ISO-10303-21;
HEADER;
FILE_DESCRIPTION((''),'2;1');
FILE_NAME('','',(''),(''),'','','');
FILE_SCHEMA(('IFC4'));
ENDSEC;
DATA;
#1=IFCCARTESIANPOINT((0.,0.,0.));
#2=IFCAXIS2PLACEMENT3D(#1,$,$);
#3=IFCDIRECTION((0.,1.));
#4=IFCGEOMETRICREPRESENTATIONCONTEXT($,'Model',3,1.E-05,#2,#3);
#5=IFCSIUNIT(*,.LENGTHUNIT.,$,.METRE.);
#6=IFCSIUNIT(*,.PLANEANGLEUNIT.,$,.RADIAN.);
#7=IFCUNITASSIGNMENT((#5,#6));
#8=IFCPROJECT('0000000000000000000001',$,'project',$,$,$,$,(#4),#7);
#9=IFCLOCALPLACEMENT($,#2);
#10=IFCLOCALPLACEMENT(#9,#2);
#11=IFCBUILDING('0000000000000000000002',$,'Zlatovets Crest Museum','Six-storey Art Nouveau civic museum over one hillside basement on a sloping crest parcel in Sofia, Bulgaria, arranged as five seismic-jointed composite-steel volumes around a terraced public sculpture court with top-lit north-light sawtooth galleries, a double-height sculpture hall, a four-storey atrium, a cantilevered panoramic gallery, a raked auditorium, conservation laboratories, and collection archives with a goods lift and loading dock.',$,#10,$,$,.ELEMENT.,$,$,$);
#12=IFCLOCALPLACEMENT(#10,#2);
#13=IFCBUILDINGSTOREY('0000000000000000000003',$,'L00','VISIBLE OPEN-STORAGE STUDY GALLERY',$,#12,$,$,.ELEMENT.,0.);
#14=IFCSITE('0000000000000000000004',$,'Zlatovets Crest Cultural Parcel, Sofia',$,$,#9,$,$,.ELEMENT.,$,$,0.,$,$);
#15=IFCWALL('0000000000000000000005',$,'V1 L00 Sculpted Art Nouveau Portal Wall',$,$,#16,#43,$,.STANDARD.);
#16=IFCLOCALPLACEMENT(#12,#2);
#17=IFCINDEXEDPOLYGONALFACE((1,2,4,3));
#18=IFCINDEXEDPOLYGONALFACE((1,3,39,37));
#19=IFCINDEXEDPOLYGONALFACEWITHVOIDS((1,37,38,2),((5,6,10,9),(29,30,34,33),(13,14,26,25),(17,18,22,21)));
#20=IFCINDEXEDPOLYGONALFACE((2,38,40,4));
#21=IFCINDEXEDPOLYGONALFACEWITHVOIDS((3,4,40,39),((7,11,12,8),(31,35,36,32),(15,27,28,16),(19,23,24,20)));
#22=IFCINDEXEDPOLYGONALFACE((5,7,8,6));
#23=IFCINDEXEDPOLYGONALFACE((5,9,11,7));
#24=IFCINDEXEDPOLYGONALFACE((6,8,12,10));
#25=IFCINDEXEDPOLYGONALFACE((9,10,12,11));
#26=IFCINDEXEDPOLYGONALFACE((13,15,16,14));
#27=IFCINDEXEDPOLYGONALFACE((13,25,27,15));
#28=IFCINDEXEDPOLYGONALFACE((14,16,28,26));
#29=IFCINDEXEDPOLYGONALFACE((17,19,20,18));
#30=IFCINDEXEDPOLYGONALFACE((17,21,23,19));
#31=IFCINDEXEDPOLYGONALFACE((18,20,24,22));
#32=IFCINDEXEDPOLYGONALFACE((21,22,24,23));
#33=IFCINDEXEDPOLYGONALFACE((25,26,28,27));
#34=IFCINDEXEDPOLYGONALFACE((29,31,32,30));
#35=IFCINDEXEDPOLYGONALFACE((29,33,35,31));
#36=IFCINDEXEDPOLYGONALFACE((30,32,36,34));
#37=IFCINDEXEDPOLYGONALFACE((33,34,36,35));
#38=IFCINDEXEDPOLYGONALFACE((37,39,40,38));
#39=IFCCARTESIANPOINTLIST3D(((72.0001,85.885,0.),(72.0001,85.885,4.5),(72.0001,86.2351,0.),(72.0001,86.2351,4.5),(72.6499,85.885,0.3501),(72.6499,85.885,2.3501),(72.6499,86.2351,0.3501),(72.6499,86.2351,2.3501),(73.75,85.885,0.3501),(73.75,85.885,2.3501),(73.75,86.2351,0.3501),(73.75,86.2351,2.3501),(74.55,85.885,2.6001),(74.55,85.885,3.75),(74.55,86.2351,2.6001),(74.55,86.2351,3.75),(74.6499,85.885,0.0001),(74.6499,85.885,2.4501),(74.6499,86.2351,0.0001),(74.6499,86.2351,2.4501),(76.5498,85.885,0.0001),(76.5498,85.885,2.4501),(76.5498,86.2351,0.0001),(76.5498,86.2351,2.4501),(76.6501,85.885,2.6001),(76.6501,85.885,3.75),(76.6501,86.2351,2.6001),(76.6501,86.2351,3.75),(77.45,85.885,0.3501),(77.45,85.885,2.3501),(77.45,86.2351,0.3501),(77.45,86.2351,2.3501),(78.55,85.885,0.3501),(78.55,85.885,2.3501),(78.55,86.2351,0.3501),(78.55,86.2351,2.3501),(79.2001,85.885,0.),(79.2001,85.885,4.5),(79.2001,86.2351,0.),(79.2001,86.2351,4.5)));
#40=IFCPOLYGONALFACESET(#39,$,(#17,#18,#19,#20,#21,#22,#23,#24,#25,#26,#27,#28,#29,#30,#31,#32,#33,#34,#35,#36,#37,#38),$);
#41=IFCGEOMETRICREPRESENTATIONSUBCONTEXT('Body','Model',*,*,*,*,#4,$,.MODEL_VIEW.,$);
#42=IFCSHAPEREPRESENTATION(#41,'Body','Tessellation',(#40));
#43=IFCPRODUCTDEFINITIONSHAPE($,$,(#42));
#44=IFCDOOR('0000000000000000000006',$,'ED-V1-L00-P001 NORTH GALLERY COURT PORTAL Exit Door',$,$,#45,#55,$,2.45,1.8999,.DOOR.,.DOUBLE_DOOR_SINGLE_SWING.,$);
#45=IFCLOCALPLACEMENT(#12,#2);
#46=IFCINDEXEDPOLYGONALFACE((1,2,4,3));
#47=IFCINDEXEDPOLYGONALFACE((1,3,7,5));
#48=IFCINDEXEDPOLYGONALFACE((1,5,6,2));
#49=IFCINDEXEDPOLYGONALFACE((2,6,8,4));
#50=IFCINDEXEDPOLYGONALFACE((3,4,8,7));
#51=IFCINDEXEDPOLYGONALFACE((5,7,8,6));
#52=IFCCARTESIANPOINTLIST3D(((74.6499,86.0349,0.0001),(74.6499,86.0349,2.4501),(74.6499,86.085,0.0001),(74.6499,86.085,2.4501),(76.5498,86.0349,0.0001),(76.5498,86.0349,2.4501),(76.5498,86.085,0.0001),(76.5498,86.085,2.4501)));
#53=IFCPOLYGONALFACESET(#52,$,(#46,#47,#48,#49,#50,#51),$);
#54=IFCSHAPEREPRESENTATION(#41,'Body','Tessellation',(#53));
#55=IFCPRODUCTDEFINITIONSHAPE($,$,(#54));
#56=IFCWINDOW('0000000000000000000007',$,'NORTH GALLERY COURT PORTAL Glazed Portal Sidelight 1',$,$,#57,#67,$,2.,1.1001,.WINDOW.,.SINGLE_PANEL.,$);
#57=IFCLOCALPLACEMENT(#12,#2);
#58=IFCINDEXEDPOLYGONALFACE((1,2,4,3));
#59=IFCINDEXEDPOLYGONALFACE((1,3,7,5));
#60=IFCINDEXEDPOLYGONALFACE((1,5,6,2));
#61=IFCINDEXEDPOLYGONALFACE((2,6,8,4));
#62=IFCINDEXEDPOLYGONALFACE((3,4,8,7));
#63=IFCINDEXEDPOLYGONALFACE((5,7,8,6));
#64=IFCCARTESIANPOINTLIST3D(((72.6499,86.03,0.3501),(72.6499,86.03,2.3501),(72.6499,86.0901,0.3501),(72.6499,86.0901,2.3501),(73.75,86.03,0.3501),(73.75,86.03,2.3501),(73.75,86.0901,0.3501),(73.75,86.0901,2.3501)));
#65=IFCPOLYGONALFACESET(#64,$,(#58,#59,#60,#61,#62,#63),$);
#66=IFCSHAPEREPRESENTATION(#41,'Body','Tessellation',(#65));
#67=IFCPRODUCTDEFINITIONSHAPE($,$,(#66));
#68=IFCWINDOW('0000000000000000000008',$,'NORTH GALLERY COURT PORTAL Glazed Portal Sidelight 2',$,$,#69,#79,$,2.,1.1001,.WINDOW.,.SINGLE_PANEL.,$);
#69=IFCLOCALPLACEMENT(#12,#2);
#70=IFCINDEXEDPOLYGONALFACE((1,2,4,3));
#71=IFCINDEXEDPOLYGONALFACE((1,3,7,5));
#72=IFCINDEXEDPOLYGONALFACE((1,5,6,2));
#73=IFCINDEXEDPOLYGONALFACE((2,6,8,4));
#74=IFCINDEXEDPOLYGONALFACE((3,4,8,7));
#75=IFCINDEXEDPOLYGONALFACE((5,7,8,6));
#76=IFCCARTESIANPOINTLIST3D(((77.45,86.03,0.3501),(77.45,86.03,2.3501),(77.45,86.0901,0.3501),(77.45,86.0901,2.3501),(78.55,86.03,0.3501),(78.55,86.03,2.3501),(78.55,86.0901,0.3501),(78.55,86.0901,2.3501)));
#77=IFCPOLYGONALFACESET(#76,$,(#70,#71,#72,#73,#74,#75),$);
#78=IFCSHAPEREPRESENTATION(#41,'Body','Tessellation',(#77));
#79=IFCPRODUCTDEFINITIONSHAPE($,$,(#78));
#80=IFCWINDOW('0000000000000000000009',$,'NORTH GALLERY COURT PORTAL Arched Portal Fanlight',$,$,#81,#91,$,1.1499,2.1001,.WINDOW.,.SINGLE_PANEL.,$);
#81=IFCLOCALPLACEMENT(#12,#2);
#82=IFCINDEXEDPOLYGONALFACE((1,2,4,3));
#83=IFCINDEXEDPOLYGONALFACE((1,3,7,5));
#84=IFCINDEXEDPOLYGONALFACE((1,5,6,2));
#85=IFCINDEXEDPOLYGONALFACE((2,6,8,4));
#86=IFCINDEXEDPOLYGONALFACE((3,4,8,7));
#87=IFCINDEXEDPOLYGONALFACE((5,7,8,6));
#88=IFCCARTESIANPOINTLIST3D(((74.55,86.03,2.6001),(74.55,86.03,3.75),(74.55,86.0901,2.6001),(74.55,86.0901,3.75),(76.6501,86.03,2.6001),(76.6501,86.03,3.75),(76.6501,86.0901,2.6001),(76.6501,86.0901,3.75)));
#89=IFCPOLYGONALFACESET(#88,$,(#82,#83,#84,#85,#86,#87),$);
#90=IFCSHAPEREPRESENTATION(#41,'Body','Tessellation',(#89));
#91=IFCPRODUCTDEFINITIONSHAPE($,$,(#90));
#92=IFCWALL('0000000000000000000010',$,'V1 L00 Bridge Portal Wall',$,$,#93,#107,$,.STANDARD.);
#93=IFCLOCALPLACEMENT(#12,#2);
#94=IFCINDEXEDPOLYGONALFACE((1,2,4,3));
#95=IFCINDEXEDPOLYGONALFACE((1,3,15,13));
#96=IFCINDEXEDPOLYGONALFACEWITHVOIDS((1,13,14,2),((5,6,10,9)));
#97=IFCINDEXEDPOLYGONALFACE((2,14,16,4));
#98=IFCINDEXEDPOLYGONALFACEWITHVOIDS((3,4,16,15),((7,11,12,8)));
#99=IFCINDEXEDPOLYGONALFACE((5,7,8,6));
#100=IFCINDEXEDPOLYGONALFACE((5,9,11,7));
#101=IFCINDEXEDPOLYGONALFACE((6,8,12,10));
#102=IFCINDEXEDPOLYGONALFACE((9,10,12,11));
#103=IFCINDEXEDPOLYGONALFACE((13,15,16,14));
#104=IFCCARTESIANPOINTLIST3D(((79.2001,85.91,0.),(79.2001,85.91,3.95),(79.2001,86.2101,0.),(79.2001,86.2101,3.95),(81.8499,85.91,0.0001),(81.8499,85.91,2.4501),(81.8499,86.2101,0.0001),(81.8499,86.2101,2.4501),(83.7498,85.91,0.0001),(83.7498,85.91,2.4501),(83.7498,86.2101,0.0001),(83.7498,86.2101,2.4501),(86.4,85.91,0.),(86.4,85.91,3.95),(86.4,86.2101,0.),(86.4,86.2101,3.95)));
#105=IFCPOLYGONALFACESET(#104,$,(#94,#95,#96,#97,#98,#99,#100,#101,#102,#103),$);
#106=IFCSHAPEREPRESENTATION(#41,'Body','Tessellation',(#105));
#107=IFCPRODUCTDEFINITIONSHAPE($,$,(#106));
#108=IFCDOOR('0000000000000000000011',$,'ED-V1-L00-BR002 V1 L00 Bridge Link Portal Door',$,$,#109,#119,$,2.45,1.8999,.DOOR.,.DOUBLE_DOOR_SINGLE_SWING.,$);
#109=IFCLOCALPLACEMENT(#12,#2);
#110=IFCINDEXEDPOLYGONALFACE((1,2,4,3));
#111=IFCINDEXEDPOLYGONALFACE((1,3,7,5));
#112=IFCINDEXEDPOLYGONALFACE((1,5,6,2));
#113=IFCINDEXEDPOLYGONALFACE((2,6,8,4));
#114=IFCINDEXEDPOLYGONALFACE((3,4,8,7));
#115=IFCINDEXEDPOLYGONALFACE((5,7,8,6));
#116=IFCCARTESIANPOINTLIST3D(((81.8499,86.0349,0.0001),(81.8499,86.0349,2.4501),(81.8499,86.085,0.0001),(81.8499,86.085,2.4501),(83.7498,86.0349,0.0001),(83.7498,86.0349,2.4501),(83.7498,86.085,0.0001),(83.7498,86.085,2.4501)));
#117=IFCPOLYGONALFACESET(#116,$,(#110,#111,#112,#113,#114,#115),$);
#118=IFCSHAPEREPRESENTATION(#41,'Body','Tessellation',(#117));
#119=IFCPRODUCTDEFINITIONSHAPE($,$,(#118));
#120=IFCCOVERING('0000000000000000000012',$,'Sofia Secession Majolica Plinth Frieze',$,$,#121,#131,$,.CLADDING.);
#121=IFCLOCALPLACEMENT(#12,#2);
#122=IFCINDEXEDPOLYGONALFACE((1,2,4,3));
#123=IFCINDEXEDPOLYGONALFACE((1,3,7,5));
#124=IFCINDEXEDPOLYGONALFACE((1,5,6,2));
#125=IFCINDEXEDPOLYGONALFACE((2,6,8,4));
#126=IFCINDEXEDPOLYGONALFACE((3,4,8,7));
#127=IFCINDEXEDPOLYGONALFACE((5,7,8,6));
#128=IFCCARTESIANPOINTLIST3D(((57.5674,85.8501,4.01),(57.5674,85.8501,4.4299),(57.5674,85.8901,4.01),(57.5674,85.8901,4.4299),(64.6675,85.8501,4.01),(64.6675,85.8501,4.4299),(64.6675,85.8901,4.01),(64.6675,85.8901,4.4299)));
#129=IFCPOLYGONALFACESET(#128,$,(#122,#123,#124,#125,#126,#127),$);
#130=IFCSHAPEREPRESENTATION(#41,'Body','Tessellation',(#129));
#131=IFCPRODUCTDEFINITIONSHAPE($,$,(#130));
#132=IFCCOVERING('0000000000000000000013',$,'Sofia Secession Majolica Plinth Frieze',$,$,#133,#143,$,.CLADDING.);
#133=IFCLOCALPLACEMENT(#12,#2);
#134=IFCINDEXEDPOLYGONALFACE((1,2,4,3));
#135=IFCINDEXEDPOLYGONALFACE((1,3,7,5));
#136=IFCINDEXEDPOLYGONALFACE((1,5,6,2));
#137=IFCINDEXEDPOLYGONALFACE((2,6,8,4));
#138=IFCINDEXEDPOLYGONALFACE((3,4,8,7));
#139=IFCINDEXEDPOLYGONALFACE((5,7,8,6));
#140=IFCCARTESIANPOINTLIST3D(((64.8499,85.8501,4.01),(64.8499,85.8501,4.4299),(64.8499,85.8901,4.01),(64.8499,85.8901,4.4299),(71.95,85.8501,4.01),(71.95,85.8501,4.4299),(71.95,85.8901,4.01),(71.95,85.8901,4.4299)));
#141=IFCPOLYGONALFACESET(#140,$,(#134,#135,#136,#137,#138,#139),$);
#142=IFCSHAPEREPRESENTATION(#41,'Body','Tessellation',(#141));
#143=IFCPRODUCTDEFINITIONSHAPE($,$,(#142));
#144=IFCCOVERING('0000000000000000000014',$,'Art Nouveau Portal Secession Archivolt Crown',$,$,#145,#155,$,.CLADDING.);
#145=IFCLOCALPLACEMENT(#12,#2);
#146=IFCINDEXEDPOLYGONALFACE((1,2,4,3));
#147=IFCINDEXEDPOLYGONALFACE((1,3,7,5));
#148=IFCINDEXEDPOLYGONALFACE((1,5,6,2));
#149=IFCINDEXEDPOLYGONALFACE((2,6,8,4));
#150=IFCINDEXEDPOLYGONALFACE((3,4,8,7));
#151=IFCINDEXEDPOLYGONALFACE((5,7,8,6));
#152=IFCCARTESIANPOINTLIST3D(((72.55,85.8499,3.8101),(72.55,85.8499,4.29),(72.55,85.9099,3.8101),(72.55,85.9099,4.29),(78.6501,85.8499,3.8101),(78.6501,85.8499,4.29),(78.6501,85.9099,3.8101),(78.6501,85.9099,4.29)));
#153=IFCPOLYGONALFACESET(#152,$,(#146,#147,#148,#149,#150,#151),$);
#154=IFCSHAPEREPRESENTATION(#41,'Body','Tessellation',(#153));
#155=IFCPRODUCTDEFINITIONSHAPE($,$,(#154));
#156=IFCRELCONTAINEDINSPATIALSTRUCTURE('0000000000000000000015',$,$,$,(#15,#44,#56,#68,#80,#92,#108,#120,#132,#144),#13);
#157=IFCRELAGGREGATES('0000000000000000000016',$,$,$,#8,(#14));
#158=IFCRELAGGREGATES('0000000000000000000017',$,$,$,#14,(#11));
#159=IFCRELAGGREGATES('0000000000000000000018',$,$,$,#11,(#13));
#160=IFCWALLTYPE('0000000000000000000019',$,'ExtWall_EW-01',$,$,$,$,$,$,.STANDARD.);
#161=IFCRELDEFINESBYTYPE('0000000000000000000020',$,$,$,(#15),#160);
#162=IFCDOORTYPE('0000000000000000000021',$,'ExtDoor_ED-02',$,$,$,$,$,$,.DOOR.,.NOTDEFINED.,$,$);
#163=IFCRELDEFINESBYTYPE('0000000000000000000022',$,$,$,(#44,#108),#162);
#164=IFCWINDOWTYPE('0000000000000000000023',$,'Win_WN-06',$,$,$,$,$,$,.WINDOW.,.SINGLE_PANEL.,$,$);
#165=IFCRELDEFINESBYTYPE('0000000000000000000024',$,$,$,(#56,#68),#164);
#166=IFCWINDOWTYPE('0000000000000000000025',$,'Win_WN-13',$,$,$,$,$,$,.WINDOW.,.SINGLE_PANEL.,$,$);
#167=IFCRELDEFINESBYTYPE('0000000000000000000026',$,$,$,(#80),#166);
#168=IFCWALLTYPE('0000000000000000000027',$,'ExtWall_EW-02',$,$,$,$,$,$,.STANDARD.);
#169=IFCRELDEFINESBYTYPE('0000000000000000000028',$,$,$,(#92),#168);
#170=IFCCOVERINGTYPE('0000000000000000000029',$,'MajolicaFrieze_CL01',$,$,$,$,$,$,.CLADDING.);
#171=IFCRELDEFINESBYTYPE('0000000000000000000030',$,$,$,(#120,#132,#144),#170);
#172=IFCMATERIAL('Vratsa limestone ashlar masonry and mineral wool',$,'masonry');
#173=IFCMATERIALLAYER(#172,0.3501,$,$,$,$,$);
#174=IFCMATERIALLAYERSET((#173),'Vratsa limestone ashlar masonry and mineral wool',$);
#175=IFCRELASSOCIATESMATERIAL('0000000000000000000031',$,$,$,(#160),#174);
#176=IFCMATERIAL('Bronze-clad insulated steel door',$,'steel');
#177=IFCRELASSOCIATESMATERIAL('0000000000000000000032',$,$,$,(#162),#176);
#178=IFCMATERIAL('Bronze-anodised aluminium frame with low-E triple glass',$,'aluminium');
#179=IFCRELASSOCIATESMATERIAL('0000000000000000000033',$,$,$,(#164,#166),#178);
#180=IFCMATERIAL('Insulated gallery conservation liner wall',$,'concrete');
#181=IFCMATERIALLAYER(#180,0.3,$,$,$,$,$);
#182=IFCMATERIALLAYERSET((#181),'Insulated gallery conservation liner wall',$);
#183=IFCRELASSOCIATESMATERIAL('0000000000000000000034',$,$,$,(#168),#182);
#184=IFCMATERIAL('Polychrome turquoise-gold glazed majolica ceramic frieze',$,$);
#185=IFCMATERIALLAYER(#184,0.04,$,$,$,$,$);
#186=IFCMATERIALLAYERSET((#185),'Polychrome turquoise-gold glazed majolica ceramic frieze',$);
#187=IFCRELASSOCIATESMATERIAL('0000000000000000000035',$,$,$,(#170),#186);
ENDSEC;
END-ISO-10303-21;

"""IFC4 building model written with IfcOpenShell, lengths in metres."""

from ifc_helpers import new_model, si_unit, direction, frame, frame_2d, origin, origin_2d, place, context, subcontext, project, spatial, rectangle, extrude, material, layer, layer_set, type_object, element, fill, save


model = new_model("IFC4")

# Units and contexts
model_context = context("Model", 3, precision=1e-05, world=origin(), true_north=direction((0.0, 1.0)))
body_context = subcontext(model_context, "Body", "Model", "MODEL_VIEW")
ifc_project = project(units=[si_unit("LENGTHUNIT", "METRE"), si_unit("PLANEANGLEUNIT", "RADIAN")], contexts=[model_context])

# Site, building, storey
site_placement = place(None, origin())
site = spatial("IfcSite", under=ifc_project, at=site_placement, Name="Zlatovets Crest Cultural Parcel, Sofia", CompositionType="ELEMENT", RefElevation=0.0)
building_placement = place(site_placement, origin())
building = spatial("IfcBuilding", under=site, at=building_placement, Name="Zlatovets Crest Museum", Description="Six-storey Art Nouveau civic museum over one hillside basement on a sloping crest parcel in Sofia, Bulgaria, arranged as five seismic-jointed composite-steel volumes around a terraced public sculpture court with top-lit north-light sawtooth galleries, a double-height sculpture hall, a four-storey atrium, a cantilevered panoramic gallery, a raked auditorium, conservation laboratories, and collection archives with a goods lift and loading dock.", CompositionType="ELEMENT")
storey_placement = place(building_placement, origin())
storey = spatial("IfcBuildingStorey", under=building, at=storey_placement, Name="L00", Description="VISIBLE OPEN-STORAGE STUDY GALLERY", CompositionType="ELEMENT", Elevation=0.0)

# Shared definitions
ifc_material_1 = material(Name="Vratsa limestone ashlar masonry and mineral wool", Category="masonry")
ifc_layer_1 = layer(ifc_material_1, 0.3501)
ifc_layer_set_1 = layer_set([ifc_layer_1], Name="Vratsa limestone ashlar masonry and mineral wool")
wall_type_1 = type_object("IfcWallType", Name="ExtWall_EW-01", PredefinedType="STANDARD", material=ifc_layer_set_1)
ifc_material_2 = material(Name="Bronze-anodised aluminium frame with low-E triple glass", Category="aluminium")

# Wall, openings, door, windows
wall_1_placement = place(storey_placement, frame((72.0, 86.0601, 0.0), z_axis=(0.0, 0.0, 1.0), x_axis=(1.0, 0.0, 0.0)))
wall_1 = element("IfcWall", 1, at=wall_1_placement, inside=storey, type_object=wall_type_1, Name="V1 L00 Sculpted Art Nouveau Portal Wall", PredefinedType="STANDARD", context=body_context, shape_type="SweptSolid", body=[
    extrude(rectangle(XDim=7.2, YDim=0.3501, at=frame_2d((3.6001, 0.0))), origin(), (0.0, 0.0, 1.0), 4.5),
])
opening_1_placement = place(wall_1_placement, frame((2.6499, 0.0, 0.0)))
opening_1 = element("IfcOpeningElement", 2, at=opening_1_placement, cuts=wall_1, PredefinedType="OPENING", context=body_context, shape_type="SweptSolid", body=[
    extrude(rectangle(XDim=1.8999, YDim=2.45, at=frame_2d((0.95, 1.2251))), frame((0.0, 0.1851, 0.0), z_axis=(0.0, -1.0, 0.0), x_axis=(1.0, 0.0, 0.0)), (0.0, 0.0, 1.0), 0.3701),
])
opening_2_placement = place(wall_1_placement, frame((2.55, 0.0, 2.6001)))
opening_2 = element("IfcOpeningElement", 3, at=opening_2_placement, cuts=wall_1, PredefinedType="OPENING", context=body_context, shape_type="SweptSolid", body=[
    extrude(rectangle(XDim=2.1001, YDim=1.1499, at=frame_2d((1.05, 0.575))), frame((0.0, 0.1851, 0.0), z_axis=(0.0, -1.0, 0.0), x_axis=(1.0, 0.0, 0.0)), (0.0, 0.0, 1.0), 0.3701),
])
opening_3_placement = place(wall_1_placement, frame((0.6499, 0.0, 0.3501)))
opening_3 = element("IfcOpeningElement", 4, at=opening_3_placement, cuts=wall_1, PredefinedType="OPENING", context=body_context, shape_type="SweptSolid", body=[
    extrude(rectangle(XDim=1.1001, YDim=2.0, at=frame_2d((0.55, 1.0))), frame((0.0, 0.1851, 0.0), z_axis=(0.0, -1.0, 0.0), x_axis=(1.0, 0.0, 0.0)), (0.0, 0.0, 1.0), 0.3701),
])
opening_4_placement = place(wall_1_placement, frame((5.45, 0.0, 0.3501)))
opening_4 = element("IfcOpeningElement", 5, at=opening_4_placement, cuts=wall_1, PredefinedType="OPENING", context=body_context, shape_type="SweptSolid", body=[
    extrude(rectangle(XDim=1.1001, YDim=2.0, at=frame_2d((0.55, 1.0))), frame((0.0, 0.1851, 0.0), z_axis=(0.0, -1.0, 0.0), x_axis=(1.0, 0.0, 0.0)), (0.0, 0.0, 1.0), 0.3701),
])
ifc_material_3 = material(Name="Bronze-clad insulated steel door", Category="steel")
door_type = type_object("IfcDoorType", Name="ExtDoor_ED-02", OperationType="NOTDEFINED", PredefinedType="DOOR", material=ifc_material_3)
door_1_placement = place(opening_1_placement, origin())
door_1 = element("IfcDoor", 6, at=door_1_placement, inside=storey, type_object=door_type, Name="ED-V1-L00-P001 NORTH GALLERY COURT PORTAL Exit Door", OperationType="DOUBLE_DOOR_SINGLE_SWING", OverallHeight=2.45, OverallWidth=1.8999, PredefinedType="DOOR", context=body_context, shape_type="SweptSolid", body=[
    extrude(rectangle(XDim=1.8999, YDim=2.45, at=frame_2d((0.95, 1.2251))), frame((0.0, 0.0249, 0.0), z_axis=(0.0, -1.0, 0.0), x_axis=(1.0, 0.0, 0.0)), (0.0, 0.0, 1.0), 0.05),
])
fill(opening_1, door_1)
window_type_1 = type_object("IfcWindowType", Name="Win_WN-06", PartitioningType="SINGLE_PANEL", PredefinedType="WINDOW", material=ifc_material_2)
window_1_placement = place(opening_3_placement, origin())
window_1 = element("IfcWindow", 7, at=window_1_placement, inside=storey, type_object=window_type_1, Name="NORTH GALLERY COURT PORTAL Glazed Portal Sidelight 1", OverallHeight=2.0, OverallWidth=1.1001, PartitioningType="SINGLE_PANEL", PredefinedType="WINDOW", context=body_context, shape_type="SweptSolid", body=[
    extrude(rectangle(XDim=1.1001, YDim=2.0, at=frame_2d((0.55, 1.0))), frame((0.0, 0.03, 0.0), z_axis=(0.0, -1.0, 0.0), x_axis=(1.0, 0.0, 0.0)), (0.0, 0.0, 1.0), 0.0601),
])
fill(opening_3, window_1)
window_2_placement = place(opening_4_placement, origin())
window_2 = element("IfcWindow", 8, at=window_2_placement, inside=storey, type_object=window_type_1, Name="NORTH GALLERY COURT PORTAL Glazed Portal Sidelight 2", OverallHeight=2.0, OverallWidth=1.1001, PartitioningType="SINGLE_PANEL", PredefinedType="WINDOW", context=body_context, shape_type="SweptSolid", body=[
    extrude(rectangle(XDim=1.1001, YDim=2.0, at=frame_2d((0.55, 1.0))), frame((0.0, 0.03, 0.0), z_axis=(0.0, -1.0, 0.0), x_axis=(1.0, 0.0, 0.0)), (0.0, 0.0, 1.0), 0.0601),
])
fill(opening_4, window_2)
window_type_2 = type_object("IfcWindowType", Name="Win_WN-13", PartitioningType="SINGLE_PANEL", PredefinedType="WINDOW", material=ifc_material_2)
window_3_placement = place(opening_2_placement, origin())
window_3 = element("IfcWindow", 9, at=window_3_placement, inside=storey, type_object=window_type_2, Name="NORTH GALLERY COURT PORTAL Arched Portal Fanlight", OverallHeight=1.1499, OverallWidth=2.1001, PartitioningType="SINGLE_PANEL", PredefinedType="WINDOW", context=body_context, shape_type="SweptSolid", body=[
    extrude(rectangle(XDim=2.1001, YDim=1.1499, at=frame_2d((1.05, 0.575))), frame((0.0, 0.03, 0.0), z_axis=(0.0, -1.0, 0.0), x_axis=(1.0, 0.0, 0.0)), (0.0, 0.0, 1.0), 0.0601),
])
fill(opening_2, window_3)

# Wall, opening, door
ifc_material_4 = material(Name="Insulated gallery conservation liner wall", Category="concrete")
ifc_layer_2 = layer(ifc_material_4, 0.3)
ifc_layer_set_2 = layer_set([ifc_layer_2], Name="Insulated gallery conservation liner wall")
wall_type_2 = type_object("IfcWallType", Name="ExtWall_EW-02", PredefinedType="STANDARD", material=ifc_layer_set_2)
wall_2_placement = place(storey_placement, frame((79.2, 86.0601, 0.0), z_axis=(0.0, 0.0, 1.0), x_axis=(1.0, 0.0, 0.0)))
wall_2 = element("IfcWall", 10, at=wall_2_placement, inside=storey, type_object=wall_type_2, Name="V1 L00 Bridge Portal Wall", PredefinedType="STANDARD", context=body_context, shape_type="SweptSolid", body=[
    extrude(rectangle(XDim=7.2, YDim=0.3, at=frame_2d((3.6001, 0.0))), origin(), (0.0, 0.0, 1.0), 3.95),
])
opening_5_placement = place(wall_2_placement, frame((2.6499, 0.0, 0.0)))
opening_5 = element("IfcOpeningElement", 11, at=opening_5_placement, cuts=wall_2, PredefinedType="OPENING", context=body_context, shape_type="SweptSolid", body=[
    extrude(rectangle(XDim=1.8999, YDim=2.45, at=frame_2d((0.95, 1.2251))), frame((0.0, 0.1602, 0.0), z_axis=(0.0, -1.0, 0.0), x_axis=(1.0, 0.0, 0.0)), (0.0, 0.0, 1.0), 0.3201),
])
door_2_placement = place(opening_5_placement, origin())
door_2 = element("IfcDoor", 12, at=door_2_placement, inside=storey, type_object=door_type, Name="ED-V1-L00-BR002 V1 L00 Bridge Link Portal Door", OperationType="DOUBLE_DOOR_SINGLE_SWING", OverallHeight=2.45, OverallWidth=1.8999, PredefinedType="DOOR", context=body_context, shape_type="SweptSolid", body=[
    extrude(rectangle(XDim=1.8999, YDim=2.45, at=frame_2d((0.95, 1.2251))), frame((0.0, 0.0249, 0.0), z_axis=(0.0, -1.0, 0.0), x_axis=(1.0, 0.0, 0.0)), (0.0, 0.0, 1.0), 0.05),
])
fill(opening_5, door_2)

# Coverings
ifc_material_5 = material(Name="Polychrome turquoise-gold glazed majolica ceramic frieze")
ifc_layer_3 = layer(ifc_material_5, 0.04)
ifc_layer_set_3 = layer_set([ifc_layer_3], Name="Polychrome turquoise-gold glazed majolica ceramic frieze")
covering_type = type_object("IfcCoveringType", Name="MajolicaFrieze_CL01", PredefinedType="CLADDING", material=ifc_layer_set_3)
for number, where, z_axis, x_axis, name in (
    (13, (61.1174, 85.8701, 4.01), (0.0, 0.0, 1.0), (1.0, 0.0, 0.0), "Sofia Secession Majolica Plinth Frieze"),
    (14, (68.3999, 85.8701, 4.01), (0.0, 0.0, 1.0), (1.0, 0.0, 0.0), "Sofia Secession Majolica Plinth Frieze"),
):
    element("IfcCovering", number, at=place(storey_placement, frame(where, z_axis=z_axis, x_axis=x_axis)), inside=storey, type_object=covering_type, Name=name, PredefinedType="CLADDING", context=body_context, shape_type="SweptSolid", body=[
        extrude(rectangle(XDim=7.1001, YDim=0.04, at=origin_2d()), origin(), (0.0, 0.0, 1.0), 0.4199),
    ])
covering_placement = place(storey_placement, frame((75.6001, 85.8799, 3.8101), z_axis=(0.0, 0.0, 1.0), x_axis=(1.0, 0.0, 0.0)))
element("IfcCovering", 15, at=covering_placement, inside=storey, type_object=covering_type, Name="Art Nouveau Portal Secession Archivolt Crown", PredefinedType="CLADDING", context=body_context, shape_type="SweptSolid", body=[
    extrude(rectangle(XDim=6.1001, YDim=0.0601, at=origin_2d()), origin(), (0.0, 0.0, 1.0), 0.48),
])

save(model, "model.ifc")
